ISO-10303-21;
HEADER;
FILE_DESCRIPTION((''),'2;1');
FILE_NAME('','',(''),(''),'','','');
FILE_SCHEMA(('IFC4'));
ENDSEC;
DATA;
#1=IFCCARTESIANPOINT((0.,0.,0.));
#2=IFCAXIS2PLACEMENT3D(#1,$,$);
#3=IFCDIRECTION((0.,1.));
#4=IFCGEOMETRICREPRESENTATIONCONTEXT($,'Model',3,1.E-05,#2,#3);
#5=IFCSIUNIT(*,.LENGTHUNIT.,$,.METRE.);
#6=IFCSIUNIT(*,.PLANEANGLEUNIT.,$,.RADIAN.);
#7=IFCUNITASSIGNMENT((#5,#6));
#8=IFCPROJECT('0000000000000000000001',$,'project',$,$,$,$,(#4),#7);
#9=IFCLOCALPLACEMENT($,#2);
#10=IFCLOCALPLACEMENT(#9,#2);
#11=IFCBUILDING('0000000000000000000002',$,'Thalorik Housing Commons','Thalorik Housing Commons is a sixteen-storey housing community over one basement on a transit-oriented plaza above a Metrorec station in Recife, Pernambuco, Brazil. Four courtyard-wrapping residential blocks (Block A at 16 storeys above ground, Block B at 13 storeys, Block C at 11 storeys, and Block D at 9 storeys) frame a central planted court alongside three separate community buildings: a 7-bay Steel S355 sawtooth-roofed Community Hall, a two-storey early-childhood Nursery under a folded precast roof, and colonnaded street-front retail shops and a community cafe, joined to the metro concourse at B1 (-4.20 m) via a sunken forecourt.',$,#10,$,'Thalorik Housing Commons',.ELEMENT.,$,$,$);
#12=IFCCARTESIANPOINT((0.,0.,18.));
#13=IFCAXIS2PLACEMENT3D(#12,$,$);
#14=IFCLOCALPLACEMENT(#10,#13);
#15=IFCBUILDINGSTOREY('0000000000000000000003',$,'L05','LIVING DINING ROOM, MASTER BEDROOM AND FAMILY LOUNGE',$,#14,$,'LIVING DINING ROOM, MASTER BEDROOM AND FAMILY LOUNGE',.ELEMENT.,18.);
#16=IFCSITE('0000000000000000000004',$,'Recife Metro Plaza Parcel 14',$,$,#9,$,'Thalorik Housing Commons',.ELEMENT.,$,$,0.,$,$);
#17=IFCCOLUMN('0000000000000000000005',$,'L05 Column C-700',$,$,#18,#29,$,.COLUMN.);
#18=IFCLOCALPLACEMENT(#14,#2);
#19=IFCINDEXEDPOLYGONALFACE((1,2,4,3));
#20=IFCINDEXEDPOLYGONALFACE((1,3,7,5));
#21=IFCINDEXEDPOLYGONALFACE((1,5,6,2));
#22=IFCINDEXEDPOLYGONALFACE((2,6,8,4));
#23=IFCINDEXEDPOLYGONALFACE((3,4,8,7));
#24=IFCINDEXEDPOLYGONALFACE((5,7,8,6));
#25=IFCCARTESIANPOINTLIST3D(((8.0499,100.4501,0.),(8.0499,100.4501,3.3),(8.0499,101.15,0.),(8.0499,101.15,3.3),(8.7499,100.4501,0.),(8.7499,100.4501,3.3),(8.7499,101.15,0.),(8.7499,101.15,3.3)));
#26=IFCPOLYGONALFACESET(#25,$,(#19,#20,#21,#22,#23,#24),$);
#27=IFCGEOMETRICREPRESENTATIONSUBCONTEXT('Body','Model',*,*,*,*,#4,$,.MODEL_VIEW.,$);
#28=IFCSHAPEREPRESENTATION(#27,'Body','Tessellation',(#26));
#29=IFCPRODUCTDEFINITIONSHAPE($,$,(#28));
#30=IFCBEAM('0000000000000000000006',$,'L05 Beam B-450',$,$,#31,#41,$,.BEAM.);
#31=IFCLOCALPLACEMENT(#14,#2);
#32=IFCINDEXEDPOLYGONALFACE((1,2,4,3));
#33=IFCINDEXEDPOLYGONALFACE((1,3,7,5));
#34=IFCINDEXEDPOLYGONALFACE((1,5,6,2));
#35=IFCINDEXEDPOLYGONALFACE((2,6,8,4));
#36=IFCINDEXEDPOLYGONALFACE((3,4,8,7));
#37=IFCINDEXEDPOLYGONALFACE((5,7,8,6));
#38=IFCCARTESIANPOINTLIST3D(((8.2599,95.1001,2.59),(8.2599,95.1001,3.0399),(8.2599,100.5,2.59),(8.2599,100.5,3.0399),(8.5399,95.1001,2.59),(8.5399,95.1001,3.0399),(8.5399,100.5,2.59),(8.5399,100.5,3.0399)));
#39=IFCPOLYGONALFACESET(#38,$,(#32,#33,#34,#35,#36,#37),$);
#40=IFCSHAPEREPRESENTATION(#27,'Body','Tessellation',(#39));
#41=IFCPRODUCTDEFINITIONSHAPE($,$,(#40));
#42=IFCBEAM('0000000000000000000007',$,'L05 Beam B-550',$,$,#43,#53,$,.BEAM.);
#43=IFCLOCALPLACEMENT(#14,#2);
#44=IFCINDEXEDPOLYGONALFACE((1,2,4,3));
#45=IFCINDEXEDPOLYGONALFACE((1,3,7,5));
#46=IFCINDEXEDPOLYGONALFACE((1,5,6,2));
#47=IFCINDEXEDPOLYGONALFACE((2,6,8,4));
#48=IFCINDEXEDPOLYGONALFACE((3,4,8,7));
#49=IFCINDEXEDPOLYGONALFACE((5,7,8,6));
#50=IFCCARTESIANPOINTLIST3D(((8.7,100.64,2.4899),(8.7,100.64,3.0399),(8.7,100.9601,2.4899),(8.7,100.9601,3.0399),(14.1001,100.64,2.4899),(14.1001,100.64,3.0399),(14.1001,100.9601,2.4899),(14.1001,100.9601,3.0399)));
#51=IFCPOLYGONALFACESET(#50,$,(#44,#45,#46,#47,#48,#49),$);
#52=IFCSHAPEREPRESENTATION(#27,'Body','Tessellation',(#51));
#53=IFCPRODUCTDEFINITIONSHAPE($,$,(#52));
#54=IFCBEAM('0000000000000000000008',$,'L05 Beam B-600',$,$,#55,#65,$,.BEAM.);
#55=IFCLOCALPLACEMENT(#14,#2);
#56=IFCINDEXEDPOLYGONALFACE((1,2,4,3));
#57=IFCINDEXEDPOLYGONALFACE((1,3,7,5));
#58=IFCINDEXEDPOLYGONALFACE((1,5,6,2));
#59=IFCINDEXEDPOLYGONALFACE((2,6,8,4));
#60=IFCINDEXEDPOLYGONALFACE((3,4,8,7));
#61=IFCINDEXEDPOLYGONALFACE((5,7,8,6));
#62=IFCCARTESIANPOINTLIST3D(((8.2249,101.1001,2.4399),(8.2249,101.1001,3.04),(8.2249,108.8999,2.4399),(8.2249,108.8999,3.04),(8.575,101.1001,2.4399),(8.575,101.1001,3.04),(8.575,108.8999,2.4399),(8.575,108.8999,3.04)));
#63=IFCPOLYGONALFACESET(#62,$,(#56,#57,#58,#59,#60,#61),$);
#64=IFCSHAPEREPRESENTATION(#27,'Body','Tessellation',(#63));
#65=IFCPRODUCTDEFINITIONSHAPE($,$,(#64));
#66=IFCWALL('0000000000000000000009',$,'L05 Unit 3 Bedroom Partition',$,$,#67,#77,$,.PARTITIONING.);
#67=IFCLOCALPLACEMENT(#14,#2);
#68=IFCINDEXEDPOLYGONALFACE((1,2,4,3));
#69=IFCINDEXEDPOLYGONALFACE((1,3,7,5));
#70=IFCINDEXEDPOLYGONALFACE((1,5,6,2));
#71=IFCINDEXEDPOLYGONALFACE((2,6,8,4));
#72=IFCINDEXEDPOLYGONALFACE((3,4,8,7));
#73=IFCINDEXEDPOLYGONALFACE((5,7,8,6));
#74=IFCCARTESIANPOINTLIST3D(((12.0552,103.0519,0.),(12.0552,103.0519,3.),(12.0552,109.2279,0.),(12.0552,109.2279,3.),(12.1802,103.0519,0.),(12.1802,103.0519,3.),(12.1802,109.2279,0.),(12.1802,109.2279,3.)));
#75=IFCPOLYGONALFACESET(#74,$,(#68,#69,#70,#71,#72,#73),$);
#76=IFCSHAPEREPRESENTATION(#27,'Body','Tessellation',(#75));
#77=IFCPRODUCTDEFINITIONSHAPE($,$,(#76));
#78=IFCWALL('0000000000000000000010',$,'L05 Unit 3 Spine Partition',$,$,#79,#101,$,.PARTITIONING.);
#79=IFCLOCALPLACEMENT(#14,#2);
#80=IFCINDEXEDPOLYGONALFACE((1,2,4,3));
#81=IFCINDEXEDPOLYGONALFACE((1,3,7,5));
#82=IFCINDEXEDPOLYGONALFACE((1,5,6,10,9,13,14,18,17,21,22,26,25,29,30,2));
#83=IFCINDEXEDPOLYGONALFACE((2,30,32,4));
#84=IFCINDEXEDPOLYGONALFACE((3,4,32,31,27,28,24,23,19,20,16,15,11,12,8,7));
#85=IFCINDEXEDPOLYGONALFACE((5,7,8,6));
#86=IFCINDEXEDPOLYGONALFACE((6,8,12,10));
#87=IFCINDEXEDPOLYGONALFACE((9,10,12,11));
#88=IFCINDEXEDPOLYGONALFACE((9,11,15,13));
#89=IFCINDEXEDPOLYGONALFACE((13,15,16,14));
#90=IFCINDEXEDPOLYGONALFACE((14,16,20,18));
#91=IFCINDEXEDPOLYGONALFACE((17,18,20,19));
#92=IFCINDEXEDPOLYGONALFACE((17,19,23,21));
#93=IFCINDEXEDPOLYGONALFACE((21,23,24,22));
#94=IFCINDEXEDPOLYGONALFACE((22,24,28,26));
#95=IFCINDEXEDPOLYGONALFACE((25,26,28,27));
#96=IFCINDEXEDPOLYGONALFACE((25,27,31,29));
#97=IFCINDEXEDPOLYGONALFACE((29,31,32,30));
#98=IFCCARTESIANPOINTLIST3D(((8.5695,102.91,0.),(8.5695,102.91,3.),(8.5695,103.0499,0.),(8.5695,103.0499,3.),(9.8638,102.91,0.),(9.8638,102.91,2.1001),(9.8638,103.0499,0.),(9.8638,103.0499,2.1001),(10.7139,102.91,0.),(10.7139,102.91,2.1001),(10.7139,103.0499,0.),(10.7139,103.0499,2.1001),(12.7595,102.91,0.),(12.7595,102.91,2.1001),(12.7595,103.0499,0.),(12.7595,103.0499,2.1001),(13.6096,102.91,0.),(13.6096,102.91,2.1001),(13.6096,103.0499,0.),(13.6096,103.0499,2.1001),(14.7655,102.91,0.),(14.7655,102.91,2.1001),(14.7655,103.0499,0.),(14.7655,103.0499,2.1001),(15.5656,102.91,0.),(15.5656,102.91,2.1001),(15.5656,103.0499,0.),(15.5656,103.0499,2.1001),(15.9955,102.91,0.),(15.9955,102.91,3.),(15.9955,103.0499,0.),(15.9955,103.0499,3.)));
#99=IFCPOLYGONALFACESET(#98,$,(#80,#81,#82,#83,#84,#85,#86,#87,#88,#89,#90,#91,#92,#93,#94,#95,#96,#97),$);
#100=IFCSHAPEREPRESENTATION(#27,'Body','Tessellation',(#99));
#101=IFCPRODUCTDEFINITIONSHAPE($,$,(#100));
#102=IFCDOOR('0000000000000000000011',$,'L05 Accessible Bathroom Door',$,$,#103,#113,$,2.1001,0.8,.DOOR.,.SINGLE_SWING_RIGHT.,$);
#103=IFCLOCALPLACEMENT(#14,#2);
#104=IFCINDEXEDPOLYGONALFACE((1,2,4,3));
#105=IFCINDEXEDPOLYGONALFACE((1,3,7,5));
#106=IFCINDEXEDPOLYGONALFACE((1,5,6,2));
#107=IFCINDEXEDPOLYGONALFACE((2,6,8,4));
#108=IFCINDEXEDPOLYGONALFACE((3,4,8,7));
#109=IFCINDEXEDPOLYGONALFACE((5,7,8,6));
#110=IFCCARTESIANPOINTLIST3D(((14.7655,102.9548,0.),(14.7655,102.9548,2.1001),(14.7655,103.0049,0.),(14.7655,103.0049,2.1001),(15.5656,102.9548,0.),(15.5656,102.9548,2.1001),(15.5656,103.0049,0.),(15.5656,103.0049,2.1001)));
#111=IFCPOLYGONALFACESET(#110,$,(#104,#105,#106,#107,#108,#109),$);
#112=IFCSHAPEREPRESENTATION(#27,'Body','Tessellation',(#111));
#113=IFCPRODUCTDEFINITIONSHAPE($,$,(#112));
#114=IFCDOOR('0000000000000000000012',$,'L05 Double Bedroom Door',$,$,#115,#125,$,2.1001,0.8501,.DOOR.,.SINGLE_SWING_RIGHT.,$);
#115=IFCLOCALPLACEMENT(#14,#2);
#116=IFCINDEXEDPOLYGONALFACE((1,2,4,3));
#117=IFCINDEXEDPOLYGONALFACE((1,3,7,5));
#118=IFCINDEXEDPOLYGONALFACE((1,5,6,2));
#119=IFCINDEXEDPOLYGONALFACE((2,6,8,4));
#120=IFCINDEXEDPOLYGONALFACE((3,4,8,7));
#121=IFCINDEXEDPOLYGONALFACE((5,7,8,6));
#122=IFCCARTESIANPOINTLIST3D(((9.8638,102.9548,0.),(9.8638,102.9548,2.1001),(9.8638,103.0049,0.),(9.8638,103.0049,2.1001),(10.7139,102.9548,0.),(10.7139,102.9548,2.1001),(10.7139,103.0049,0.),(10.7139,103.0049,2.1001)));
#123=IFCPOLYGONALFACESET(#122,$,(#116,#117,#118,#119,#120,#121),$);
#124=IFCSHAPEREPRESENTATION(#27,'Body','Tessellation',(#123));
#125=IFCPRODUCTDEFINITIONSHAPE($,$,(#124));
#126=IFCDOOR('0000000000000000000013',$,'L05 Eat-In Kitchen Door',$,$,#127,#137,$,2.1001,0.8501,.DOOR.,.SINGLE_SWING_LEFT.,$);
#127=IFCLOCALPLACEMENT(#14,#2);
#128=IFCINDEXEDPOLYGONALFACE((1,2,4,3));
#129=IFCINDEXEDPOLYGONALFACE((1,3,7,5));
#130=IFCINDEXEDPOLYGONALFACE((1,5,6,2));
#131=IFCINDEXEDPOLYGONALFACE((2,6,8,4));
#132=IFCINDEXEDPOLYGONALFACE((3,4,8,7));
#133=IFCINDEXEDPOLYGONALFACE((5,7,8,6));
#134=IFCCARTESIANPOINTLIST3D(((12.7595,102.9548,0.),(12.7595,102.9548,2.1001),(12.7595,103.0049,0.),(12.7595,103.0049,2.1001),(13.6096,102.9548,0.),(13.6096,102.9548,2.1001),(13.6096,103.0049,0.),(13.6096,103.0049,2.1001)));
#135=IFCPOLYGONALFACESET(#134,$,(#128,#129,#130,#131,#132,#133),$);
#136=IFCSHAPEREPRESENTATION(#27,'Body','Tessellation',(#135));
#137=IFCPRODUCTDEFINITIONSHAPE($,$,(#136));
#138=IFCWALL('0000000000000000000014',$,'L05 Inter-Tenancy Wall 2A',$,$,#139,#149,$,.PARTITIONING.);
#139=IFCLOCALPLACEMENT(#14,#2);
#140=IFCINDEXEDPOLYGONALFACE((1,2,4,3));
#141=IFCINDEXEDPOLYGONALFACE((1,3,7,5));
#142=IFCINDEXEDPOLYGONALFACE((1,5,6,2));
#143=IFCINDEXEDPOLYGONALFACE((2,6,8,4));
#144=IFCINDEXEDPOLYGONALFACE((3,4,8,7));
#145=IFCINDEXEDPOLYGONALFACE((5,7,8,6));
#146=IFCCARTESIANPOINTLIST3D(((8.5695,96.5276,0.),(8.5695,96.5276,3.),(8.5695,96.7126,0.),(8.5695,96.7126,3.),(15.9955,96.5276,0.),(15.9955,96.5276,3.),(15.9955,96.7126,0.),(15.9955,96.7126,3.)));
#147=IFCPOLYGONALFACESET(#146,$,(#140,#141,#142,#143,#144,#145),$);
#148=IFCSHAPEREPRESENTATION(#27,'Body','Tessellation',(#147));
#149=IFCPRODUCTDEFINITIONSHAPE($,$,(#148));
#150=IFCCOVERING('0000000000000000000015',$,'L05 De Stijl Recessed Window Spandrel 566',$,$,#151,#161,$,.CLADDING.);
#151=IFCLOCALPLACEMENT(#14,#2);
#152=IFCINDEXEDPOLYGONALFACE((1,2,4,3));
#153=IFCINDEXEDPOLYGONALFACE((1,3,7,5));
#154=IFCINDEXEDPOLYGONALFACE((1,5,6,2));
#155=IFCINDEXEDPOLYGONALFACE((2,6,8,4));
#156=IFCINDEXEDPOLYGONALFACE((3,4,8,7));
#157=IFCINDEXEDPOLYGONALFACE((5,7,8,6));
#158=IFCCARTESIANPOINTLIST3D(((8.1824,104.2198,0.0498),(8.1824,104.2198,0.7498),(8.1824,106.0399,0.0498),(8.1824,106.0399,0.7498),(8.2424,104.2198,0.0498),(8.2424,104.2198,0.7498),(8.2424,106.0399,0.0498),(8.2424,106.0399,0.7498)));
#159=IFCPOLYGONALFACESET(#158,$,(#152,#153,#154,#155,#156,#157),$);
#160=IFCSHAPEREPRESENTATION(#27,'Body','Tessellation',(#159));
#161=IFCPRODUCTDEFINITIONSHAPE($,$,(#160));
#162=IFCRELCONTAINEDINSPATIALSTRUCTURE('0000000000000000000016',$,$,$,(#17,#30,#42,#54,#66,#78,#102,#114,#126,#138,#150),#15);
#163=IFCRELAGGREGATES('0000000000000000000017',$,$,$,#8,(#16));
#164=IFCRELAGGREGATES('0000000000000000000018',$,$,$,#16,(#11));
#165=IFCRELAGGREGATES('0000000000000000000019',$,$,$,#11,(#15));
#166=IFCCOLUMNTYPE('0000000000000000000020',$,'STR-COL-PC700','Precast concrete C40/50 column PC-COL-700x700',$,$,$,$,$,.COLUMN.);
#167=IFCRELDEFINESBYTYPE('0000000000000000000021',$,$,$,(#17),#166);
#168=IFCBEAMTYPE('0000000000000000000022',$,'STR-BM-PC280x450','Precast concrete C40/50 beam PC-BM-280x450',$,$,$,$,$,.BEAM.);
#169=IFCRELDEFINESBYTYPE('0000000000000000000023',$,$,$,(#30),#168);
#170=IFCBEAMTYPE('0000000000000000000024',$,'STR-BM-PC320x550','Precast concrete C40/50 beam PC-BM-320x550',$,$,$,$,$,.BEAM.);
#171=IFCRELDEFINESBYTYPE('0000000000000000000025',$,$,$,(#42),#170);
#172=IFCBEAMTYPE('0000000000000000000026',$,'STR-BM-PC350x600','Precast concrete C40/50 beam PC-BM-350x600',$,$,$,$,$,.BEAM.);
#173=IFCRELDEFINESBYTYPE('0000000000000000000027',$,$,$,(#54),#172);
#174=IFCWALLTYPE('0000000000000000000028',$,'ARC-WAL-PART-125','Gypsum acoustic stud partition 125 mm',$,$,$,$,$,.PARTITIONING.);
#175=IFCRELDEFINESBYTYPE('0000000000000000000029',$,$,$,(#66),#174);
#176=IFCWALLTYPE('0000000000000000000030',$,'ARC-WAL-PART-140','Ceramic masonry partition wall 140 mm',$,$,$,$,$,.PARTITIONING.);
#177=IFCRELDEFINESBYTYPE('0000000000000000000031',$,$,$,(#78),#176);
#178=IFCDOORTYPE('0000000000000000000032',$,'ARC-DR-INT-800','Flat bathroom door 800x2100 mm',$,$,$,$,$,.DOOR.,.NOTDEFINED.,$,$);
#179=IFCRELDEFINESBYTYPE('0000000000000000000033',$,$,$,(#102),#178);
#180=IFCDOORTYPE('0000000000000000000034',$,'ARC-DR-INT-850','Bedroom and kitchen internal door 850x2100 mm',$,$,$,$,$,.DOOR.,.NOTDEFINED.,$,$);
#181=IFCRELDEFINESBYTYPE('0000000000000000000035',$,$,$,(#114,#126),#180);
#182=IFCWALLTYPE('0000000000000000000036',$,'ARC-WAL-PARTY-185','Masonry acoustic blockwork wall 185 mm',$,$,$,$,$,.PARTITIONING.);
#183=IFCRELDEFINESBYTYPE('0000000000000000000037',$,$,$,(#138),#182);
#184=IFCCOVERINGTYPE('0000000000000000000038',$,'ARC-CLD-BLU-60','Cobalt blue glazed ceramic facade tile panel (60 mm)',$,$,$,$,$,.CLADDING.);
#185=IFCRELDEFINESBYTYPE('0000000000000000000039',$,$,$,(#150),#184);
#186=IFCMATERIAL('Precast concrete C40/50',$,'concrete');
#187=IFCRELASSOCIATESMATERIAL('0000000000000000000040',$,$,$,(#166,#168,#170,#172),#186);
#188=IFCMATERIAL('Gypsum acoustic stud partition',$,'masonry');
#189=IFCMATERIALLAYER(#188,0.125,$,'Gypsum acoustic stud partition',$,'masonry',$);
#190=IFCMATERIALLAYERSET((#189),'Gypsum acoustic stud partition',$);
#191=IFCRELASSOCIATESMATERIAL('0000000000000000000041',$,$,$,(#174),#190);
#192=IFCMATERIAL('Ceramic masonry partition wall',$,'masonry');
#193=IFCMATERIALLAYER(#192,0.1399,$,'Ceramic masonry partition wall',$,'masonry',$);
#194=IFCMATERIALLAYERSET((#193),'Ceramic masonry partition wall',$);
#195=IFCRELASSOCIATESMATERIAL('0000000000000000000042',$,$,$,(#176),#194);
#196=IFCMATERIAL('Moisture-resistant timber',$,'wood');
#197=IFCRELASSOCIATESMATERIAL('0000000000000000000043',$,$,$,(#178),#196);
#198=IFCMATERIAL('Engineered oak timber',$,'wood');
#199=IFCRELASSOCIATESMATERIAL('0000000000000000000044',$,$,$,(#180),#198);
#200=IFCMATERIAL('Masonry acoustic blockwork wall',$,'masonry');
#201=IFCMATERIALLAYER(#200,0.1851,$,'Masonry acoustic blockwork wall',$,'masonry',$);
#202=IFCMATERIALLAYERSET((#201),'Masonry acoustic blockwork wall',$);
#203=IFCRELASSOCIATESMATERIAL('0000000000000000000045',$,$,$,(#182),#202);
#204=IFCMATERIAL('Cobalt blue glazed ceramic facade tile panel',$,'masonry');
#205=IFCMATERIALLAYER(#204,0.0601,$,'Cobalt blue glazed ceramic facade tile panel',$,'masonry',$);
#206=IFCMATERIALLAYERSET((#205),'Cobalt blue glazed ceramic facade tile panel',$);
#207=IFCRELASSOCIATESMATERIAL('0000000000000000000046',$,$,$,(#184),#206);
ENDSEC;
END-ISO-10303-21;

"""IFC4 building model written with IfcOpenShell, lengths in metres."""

from ifc_helpers import new_model, si_unit, direction, frame, frame_2d, origin, origin_2d, place, context, subcontext, project, spatial, rectangle, extrude, material, layer, layer_set, material_profile, profile_set, type_object, element, fill, save


model = new_model("IFC4")

# Units and contexts
model_context = context("Model", 3, precision=1e-05, world=origin(), true_north=direction((0.0, 1.0)))
body_context = subcontext(model_context, "Body", "Model", "MODEL_VIEW")
ifc_project = project(units=[si_unit("LENGTHUNIT", "METRE"), si_unit("PLANEANGLEUNIT", "RADIAN")], contexts=[model_context])

# Site, building, storey
site_placement = place(None, origin())
site = spatial("IfcSite", under=ifc_project, at=site_placement, Name="Recife Metro Plaza Parcel 14", LongName="Thalorik Housing Commons", CompositionType="ELEMENT", RefElevation=0.0)
building_placement = place(site_placement, origin())
building = spatial("IfcBuilding", under=site, at=building_placement, Name="Thalorik Housing Commons", Description="Thalorik Housing Commons is a sixteen-storey housing community over one basement on a transit-oriented plaza above a Metrorec station in Recife, Pernambuco, Brazil. Four courtyard-wrapping residential blocks (Block A at 16 storeys above ground, Block B at 13 storeys, Block C at 11 storeys, and Block D at 9 storeys) frame a central planted court alongside three separate community buildings: a 7-bay Steel S355 sawtooth-roofed Community Hall, a two-storey early-childhood Nursery under a folded precast roof, and colonnaded street-front retail shops and a community cafe, joined to the metro concourse at B1 (-4.20 m) via a sunken forecourt.", LongName="Thalorik Housing Commons", CompositionType="ELEMENT")
storey_placement = place(building_placement, frame((0.0, 0.0, 18.0)))
storey = spatial("IfcBuildingStorey", under=building, at=storey_placement, Name="L05", Description="LIVING DINING ROOM, MASTER BEDROOM AND FAMILY LOUNGE", LongName="LIVING DINING ROOM, MASTER BEDROOM AND FAMILY LOUNGE", CompositionType="ELEMENT", Elevation=18.0)

# Column
ifc_material_1 = material(Name="Precast concrete C40/50", Category="concrete")
ifc_material_profile_1 = material_profile(ifc_material_1, rectangle(XDim=0.7, YDim=0.7, at=origin_2d()), Name="PC 700x700", Category="concrete")
ifc_profile_set_1 = profile_set([ifc_material_profile_1], Name="Precast concrete C40/50")
column_type = type_object("IfcColumnType", Name="STR-COL-PC700", Description="Precast concrete C40/50 column PC-COL-700x700", PredefinedType="COLUMN", material=ifc_profile_set_1)
column_placement = place(storey_placement, frame((8.3999, 100.8, 0.0), z_axis=(0.0, 0.0, 1.0), x_axis=(1.0, 0.0, 0.0)))
element("IfcColumn", 1, at=column_placement, inside=storey, type_object=column_type, Name="L05 Column C-700", PredefinedType="COLUMN", context=body_context, shape_type="SweptSolid", body=[
    extrude(rectangle(XDim=0.7, YDim=0.7, at=origin_2d()), origin(), (0.0, 0.0, 1.0), 3.3),
])

# Beams
ifc_material_profile_2 = material_profile(ifc_material_1, rectangle(XDim=0.28, YDim=0.45, at=origin_2d()), Name="PC 280x450", Category="concrete")
ifc_profile_set_2 = profile_set([ifc_material_profile_2], Name="Precast concrete C40/50")
beam_type_1 = type_object("IfcBeamType", Name="STR-BM-PC280x450", Description="Precast concrete C40/50 beam PC-BM-280x450", PredefinedType="BEAM", material=ifc_profile_set_2)
beam_1_placement = place(storey_placement, frame((8.3999, 95.1001, 2.8149), z_axis=(0.0, 1.0, 0.0), x_axis=(-1.0, 0.0, 0.0)))
element("IfcBeam", 2, at=beam_1_placement, inside=storey, type_object=beam_type_1, Name="L05 Beam B-450", PredefinedType="BEAM", context=body_context, shape_type="SweptSolid", body=[
    extrude(rectangle(XDim=0.28, YDim=0.45, at=origin_2d()), origin(), (0.0, 0.0, 1.0), 5.3999),
])
ifc_material_profile_3 = material_profile(ifc_material_1, rectangle(XDim=0.3201, YDim=0.55, at=origin_2d()), Name="PC 320x550", Category="concrete")
ifc_profile_set_3 = profile_set([ifc_material_profile_3], Name="Precast concrete C40/50")
beam_type_2 = type_object("IfcBeamType", Name="STR-BM-PC320x550", Description="Precast concrete C40/50 beam PC-BM-320x550", PredefinedType="BEAM", material=ifc_profile_set_3)
beam_2_placement = place(storey_placement, frame((8.7, 100.8, 2.7649), z_axis=(1.0, 0.0, 0.0), x_axis=(0.0, 1.0, 0.0)))
element("IfcBeam", 3, at=beam_2_placement, inside=storey, type_object=beam_type_2, Name="L05 Beam B-550", PredefinedType="BEAM", context=body_context, shape_type="SweptSolid", body=[
    extrude(rectangle(XDim=0.3201, YDim=0.55, at=origin_2d()), origin(), (0.0, 0.0, 1.0), 5.4001),
])
ifc_material_profile_4 = material_profile(ifc_material_1, rectangle(XDim=0.3501, YDim=0.6001, at=origin_2d()), Name="PC 350x600", Category="concrete")
ifc_profile_set_4 = profile_set([ifc_material_profile_4], Name="Precast concrete C40/50")
beam_type_3 = type_object("IfcBeamType", Name="STR-BM-PC350x600", Description="Precast concrete C40/50 beam PC-BM-350x600", PredefinedType="BEAM", material=ifc_profile_set_4)
beam_3_placement = place(storey_placement, frame((8.3999, 101.1001, 2.74), z_axis=(0.0, 1.0, 0.0), x_axis=(-1.0, 0.0, 0.0)))
element("IfcBeam", 4, at=beam_3_placement, inside=storey, type_object=beam_type_3, Name="L05 Beam B-600", PredefinedType="BEAM", context=body_context, shape_type="SweptSolid", body=[
    extrude(rectangle(XDim=0.3501, YDim=0.6001, at=origin_2d()), origin(), (0.0, 0.0, 1.0), 7.7998),
])

# Wall
ifc_material_2 = material(Name="Gypsum acoustic stud partition", Category="masonry")
ifc_layer_1 = layer(ifc_material_2, 0.125, Name="Gypsum acoustic stud partition", Category="masonry")
ifc_layer_set_1 = layer_set([ifc_layer_1], Name="Gypsum acoustic stud partition")
wall_type_1 = type_object("IfcWallType", Name="ARC-WAL-PART-125", Description="Gypsum acoustic stud partition 125 mm", PredefinedType="PARTITIONING", material=ifc_layer_set_1)
wall_1_placement = place(storey_placement, frame((12.1177, 103.052, 0.0), z_axis=(0.0, 0.0, 1.0), x_axis=(0.0, 1.0, 0.0)))
element("IfcWall", 5, at=wall_1_placement, inside=storey, type_object=wall_type_1, Name="L05 Unit 3 Bedroom Partition", PredefinedType="PARTITIONING", context=body_context, shape_type="SweptSolid", body=[
    extrude(rectangle(XDim=6.176, YDim=0.125, at=frame_2d((3.0879, 0.0))), origin(), (0.0, 0.0, 1.0), 3.0),
])

# Wall, openings, doors
ifc_material_3 = material(Name="Ceramic masonry partition wall", Category="masonry")
ifc_layer_2 = layer(ifc_material_3, 0.1399, Name="Ceramic masonry partition wall", Category="masonry")
ifc_layer_set_2 = layer_set([ifc_layer_2], Name="Ceramic masonry partition wall")
wall_type_2 = type_object("IfcWallType", Name="ARC-WAL-PART-140", Description="Ceramic masonry partition wall 140 mm", PredefinedType="PARTITIONING", material=ifc_layer_set_2)
wall_2_placement = place(storey_placement, frame((8.5696, 102.98, 0.0), z_axis=(0.0, 0.0, 1.0), x_axis=(1.0, 0.0, 0.0)))
wall_2 = element("IfcWall", 6, at=wall_2_placement, inside=storey, type_object=wall_type_2, Name="L05 Unit 3 Spine Partition", PredefinedType="PARTITIONING", context=body_context, shape_type="SweptSolid", body=[
    extrude(rectangle(XDim=7.426, YDim=0.1399, at=frame_2d((3.7129, 0.0))), origin(), (0.0, 0.0, 1.0), 3.0),
])
opening_1_placement = place(wall_2_placement, frame((1.2942, 0.0, 0.0)))
opening_1 = element("IfcOpeningElement", 7, at=opening_1_placement, cuts=wall_2, PredefinedType="OPENING", context=body_context, shape_type="SweptSolid", body=[
    extrude(rectangle(XDim=0.8501, YDim=2.1001, at=frame_2d((0.425, 1.05))), frame((0.0, 0.0801, 0.0), z_axis=(0.0, -1.0, 0.0), x_axis=(1.0, 0.0, 0.0)), (0.0, 0.0, 1.0), 0.1599),
])
opening_2_placement = place(wall_2_placement, frame((4.1899, 0.0, 0.0)))
opening_2 = element("IfcOpeningElement", 8, at=opening_2_placement, cuts=wall_2, PredefinedType="OPENING", context=body_context, shape_type="SweptSolid", body=[
    extrude(rectangle(XDim=0.8501, YDim=2.1001, at=frame_2d((0.425, 1.05))), frame((0.0, 0.0801, 0.0), z_axis=(0.0, -1.0, 0.0), x_axis=(1.0, 0.0, 0.0)), (0.0, 0.0, 1.0), 0.1599),
])
opening_3_placement = place(wall_2_placement, frame((6.196, 0.0, 0.0)))
opening_3 = element("IfcOpeningElement", 9, at=opening_3_placement, cuts=wall_2, PredefinedType="OPENING", context=body_context, shape_type="SweptSolid", body=[
    extrude(rectangle(XDim=0.8, YDim=2.1001, at=frame_2d((0.3999, 1.05))), frame((0.0, 0.0801, 0.0), z_axis=(0.0, -1.0, 0.0), x_axis=(1.0, 0.0, 0.0)), (0.0, 0.0, 1.0), 0.1599),
])
ifc_material_4 = material(Name="Moisture-resistant timber", Category="wood")
door_type_1 = type_object("IfcDoorType", Name="ARC-DR-INT-800", Description="Flat bathroom door 800x2100 mm", OperationType="NOTDEFINED", PredefinedType="DOOR", material=ifc_material_4)
door_1_placement = place(opening_3_placement, origin())
door_1 = element("IfcDoor", 10, at=door_1_placement, inside=storey, type_object=door_type_1, Name="L05 Accessible Bathroom Door", OperationType="SINGLE_SWING_RIGHT", OverallHeight=2.1001, OverallWidth=0.8, PredefinedType="DOOR", context=body_context, shape_type="SweptSolid", body=[
    extrude(rectangle(XDim=0.8, YDim=2.1001, at=frame_2d((0.3999, 1.05))), frame((0.0, 0.0249, 0.0), z_axis=(0.0, -1.0, 0.0), x_axis=(1.0, 0.0, 0.0)), (0.0, 0.0, 1.0), 0.05),
])
fill(opening_3, door_1)
ifc_material_5 = material(Name="Engineered oak timber", Category="wood")
door_type_2 = type_object("IfcDoorType", Name="ARC-DR-INT-850", Description="Bedroom and kitchen internal door 850x2100 mm", OperationType="NOTDEFINED", PredefinedType="DOOR", material=ifc_material_5)
door_2_placement = place(opening_1_placement, origin())
door_2 = element("IfcDoor", 11, at=door_2_placement, inside=storey, type_object=door_type_2, Name="L05 Double Bedroom Door", OperationType="SINGLE_SWING_RIGHT", OverallHeight=2.1001, OverallWidth=0.8501, PredefinedType="DOOR", context=body_context, shape_type="SweptSolid", body=[
    extrude(rectangle(XDim=0.8501, YDim=2.1001, at=frame_2d((0.425, 1.05))), frame((0.0, 0.0249, 0.0), z_axis=(0.0, -1.0, 0.0), x_axis=(1.0, 0.0, 0.0)), (0.0, 0.0, 1.0), 0.05),
])
fill(opening_1, door_2)
door_3_placement = place(opening_2_placement, origin())
door_3 = element("IfcDoor", 12, at=door_3_placement, inside=storey, type_object=door_type_2, Name="L05 Eat-In Kitchen Door", OperationType="SINGLE_SWING_LEFT", OverallHeight=2.1001, OverallWidth=0.8501, PredefinedType="DOOR", context=body_context, shape_type="SweptSolid", body=[
    extrude(rectangle(XDim=0.8501, YDim=2.1001, at=frame_2d((0.425, 1.05))), frame((0.0, 0.0249, 0.0), z_axis=(0.0, -1.0, 0.0), x_axis=(1.0, 0.0, 0.0)), (0.0, 0.0, 1.0), 0.05),
])
fill(opening_2, door_3)

# Wall
ifc_material_6 = material(Name="Masonry acoustic blockwork wall", Category="masonry")
ifc_layer_3 = layer(ifc_material_6, 0.1851, Name="Masonry acoustic blockwork wall", Category="masonry")
ifc_layer_set_3 = layer_set([ifc_layer_3], Name="Masonry acoustic blockwork wall")
wall_type_3 = type_object("IfcWallType", Name="ARC-WAL-PARTY-185", Description="Masonry acoustic blockwork wall 185 mm", PredefinedType="PARTITIONING", material=ifc_layer_set_3)
wall_3_placement = place(storey_placement, frame((8.5696, 96.6201, 0.0), z_axis=(0.0, 0.0, 1.0), x_axis=(1.0, 0.0, 0.0)))
element("IfcWall", 13, at=wall_3_placement, inside=storey, type_object=wall_type_3, Name="L05 Inter-Tenancy Wall 2A", PredefinedType="PARTITIONING", context=body_context, shape_type="SweptSolid", body=[
    extrude(rectangle(XDim=7.426, YDim=0.1851, at=frame_2d((3.7129, 0.0))), origin(), (0.0, 0.0, 1.0), 3.0),
])

# Covering
ifc_material_7 = material(Name="Cobalt blue glazed ceramic facade tile panel", Category="masonry")
ifc_layer_4 = layer(ifc_material_7, 0.0601, Name="Cobalt blue glazed ceramic facade tile panel", Category="masonry")
ifc_layer_set_4 = layer_set([ifc_layer_4], Name="Cobalt blue glazed ceramic facade tile panel")
covering_type_1 = type_object("IfcCoveringType", Name="ARC-CLD-BLU-60", Description="Cobalt blue glazed ceramic facade tile panel (60 mm)", PredefinedType="CLADDING", material=ifc_layer_set_4)
covering_1_placement = place(storey_placement, frame((8.2124, 105.1299, 0.0498), z_axis=(0.0, 0.0, 1.0), x_axis=(0.0, -1.0, 0.0)))
element("IfcCovering", 14, at=covering_1_placement, inside=storey, type_object=covering_type_1, Name="L05 De Stijl Recessed Window Spandrel 566", PredefinedType="CLADDING", context=body_context, shape_type="SweptSolid", body=[
    extrude(rectangle(XDim=1.8201, YDim=0.0601, at=origin_2d()), origin(), (0.0, 0.0, 1.0), 0.7),
])

save(model, "model.ifc")
